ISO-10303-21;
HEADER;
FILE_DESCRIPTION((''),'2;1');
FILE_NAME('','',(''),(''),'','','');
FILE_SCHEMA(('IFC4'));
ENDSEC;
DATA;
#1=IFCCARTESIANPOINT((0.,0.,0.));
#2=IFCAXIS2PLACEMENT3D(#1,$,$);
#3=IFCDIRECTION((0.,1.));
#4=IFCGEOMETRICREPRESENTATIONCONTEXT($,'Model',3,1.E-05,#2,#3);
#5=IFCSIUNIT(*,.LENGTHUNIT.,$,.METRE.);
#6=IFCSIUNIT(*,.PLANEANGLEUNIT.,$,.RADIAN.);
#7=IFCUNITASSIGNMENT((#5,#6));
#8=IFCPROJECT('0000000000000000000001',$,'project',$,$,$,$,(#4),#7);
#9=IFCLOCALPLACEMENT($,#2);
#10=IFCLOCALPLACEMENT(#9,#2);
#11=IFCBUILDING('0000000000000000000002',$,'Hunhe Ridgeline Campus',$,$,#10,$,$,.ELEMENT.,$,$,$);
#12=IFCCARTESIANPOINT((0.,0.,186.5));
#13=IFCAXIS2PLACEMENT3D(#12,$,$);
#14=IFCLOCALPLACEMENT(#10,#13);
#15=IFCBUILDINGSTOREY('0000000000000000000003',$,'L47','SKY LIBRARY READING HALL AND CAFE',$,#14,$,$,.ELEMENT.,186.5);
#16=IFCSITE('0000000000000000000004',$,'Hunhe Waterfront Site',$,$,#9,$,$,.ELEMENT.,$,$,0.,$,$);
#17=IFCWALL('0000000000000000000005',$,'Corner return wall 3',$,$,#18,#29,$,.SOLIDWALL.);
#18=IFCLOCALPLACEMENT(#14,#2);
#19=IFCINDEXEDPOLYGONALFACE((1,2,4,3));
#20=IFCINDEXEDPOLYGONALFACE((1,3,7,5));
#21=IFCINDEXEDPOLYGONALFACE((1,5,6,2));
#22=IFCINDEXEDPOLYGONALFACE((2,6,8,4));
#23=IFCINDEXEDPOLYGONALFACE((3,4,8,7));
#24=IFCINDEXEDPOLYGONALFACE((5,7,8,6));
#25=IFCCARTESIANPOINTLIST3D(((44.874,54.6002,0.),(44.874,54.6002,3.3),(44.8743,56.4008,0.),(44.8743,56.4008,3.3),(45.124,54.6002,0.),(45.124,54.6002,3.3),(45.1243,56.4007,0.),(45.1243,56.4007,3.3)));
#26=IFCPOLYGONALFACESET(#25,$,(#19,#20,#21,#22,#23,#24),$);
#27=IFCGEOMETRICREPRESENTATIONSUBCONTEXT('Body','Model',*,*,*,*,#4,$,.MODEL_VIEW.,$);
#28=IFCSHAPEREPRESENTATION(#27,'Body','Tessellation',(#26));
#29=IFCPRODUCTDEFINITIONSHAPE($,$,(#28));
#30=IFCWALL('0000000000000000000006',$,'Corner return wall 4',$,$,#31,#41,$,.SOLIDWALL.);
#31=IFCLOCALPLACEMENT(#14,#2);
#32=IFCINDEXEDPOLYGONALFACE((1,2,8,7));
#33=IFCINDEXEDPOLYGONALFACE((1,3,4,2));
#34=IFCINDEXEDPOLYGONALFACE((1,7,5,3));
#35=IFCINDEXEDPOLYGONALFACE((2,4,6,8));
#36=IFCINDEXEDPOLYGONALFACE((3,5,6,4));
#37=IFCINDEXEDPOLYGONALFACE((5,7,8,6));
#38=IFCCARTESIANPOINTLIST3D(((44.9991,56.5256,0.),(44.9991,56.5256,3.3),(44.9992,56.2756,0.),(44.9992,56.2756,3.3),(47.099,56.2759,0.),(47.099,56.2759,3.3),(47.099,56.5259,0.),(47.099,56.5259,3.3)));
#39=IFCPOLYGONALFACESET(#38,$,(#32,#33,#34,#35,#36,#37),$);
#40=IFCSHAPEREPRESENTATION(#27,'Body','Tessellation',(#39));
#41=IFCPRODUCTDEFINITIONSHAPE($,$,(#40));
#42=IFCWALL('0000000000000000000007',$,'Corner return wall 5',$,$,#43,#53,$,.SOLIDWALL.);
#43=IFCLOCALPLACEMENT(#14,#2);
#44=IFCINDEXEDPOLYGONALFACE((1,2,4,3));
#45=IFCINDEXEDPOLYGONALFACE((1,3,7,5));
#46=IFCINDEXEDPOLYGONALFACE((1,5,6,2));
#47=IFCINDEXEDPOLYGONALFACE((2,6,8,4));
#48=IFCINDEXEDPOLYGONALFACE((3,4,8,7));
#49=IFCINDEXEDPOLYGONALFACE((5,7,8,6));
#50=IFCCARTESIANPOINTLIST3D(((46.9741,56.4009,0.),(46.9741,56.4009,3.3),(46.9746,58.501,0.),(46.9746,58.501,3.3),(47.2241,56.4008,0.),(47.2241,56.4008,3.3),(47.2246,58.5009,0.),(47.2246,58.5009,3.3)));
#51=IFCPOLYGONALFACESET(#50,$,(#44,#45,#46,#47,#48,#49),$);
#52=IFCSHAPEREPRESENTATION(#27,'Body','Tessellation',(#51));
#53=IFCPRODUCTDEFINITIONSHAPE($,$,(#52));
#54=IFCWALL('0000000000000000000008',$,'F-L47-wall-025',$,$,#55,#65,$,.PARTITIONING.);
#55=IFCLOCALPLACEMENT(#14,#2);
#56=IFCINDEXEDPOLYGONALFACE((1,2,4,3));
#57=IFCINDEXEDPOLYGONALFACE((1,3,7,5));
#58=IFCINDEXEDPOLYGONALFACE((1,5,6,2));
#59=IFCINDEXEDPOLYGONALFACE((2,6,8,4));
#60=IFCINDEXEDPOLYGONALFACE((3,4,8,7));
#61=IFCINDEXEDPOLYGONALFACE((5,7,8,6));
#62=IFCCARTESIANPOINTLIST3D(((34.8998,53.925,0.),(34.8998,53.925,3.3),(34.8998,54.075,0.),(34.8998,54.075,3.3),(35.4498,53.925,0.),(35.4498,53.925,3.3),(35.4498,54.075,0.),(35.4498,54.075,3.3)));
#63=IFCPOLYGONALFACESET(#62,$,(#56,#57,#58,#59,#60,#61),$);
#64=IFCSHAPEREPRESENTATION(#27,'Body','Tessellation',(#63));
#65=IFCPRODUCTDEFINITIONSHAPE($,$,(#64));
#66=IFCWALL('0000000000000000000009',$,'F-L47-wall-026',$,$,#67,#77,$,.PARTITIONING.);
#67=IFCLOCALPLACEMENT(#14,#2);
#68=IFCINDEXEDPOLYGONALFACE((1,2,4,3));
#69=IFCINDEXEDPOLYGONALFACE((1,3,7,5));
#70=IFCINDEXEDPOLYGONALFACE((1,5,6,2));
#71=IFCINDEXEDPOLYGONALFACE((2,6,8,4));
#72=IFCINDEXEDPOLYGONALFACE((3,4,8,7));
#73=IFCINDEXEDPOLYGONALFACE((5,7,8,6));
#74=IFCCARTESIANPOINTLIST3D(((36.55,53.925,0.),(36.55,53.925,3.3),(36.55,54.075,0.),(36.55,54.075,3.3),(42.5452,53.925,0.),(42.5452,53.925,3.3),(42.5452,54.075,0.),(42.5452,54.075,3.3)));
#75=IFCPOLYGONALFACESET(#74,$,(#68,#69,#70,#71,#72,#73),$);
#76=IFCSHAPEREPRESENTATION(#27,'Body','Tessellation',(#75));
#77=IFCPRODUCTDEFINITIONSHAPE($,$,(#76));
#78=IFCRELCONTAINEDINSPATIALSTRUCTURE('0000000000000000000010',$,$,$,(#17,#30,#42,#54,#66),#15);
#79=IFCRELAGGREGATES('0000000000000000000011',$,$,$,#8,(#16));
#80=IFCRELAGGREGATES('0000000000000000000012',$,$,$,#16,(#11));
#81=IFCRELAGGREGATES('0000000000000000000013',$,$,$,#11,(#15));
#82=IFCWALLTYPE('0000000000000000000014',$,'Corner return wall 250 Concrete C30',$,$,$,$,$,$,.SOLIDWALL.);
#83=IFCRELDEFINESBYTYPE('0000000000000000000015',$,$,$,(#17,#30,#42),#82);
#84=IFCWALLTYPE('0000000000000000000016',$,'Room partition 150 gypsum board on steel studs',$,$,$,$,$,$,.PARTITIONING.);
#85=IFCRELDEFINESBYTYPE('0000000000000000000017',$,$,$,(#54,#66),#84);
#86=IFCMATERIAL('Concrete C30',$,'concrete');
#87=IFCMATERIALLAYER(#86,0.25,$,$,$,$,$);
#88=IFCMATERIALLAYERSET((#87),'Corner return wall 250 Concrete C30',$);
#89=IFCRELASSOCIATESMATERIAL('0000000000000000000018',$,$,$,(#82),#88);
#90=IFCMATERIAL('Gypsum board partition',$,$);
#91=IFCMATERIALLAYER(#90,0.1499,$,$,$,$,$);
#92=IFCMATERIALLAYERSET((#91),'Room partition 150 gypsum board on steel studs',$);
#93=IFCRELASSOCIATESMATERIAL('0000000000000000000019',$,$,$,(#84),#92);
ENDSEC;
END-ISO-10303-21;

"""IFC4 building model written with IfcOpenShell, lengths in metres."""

from ifc_helpers import new_model, si_unit, direction, frame, frame_2d, origin, place, context, subcontext, project, spatial, rectangle, extrude, material, layer, layer_set, type_object, element, save


model = new_model("IFC4")

# Units and contexts
model_context = context("Model", 3, precision=1e-05, world=origin(), true_north=direction((0.0, 1.0)))
body_context = subcontext(model_context, "Body", "Model", "MODEL_VIEW")
ifc_project = project(units=[si_unit("LENGTHUNIT", "METRE"), si_unit("PLANEANGLEUNIT", "RADIAN")], contexts=[model_context])

# Site, building, storey
site_placement = place(None, origin())
site = spatial("IfcSite", under=ifc_project, at=site_placement, Name="Hunhe Waterfront Site", CompositionType="ELEMENT", RefElevation=0.0)
building_placement = place(site_placement, origin())
building = spatial("IfcBuilding", under=site, at=building_placement, Name="Hunhe Ridgeline Campus", CompositionType="ELEMENT")
storey_placement = place(building_placement, frame((0.0, 0.0, 186.5)))
storey = spatial("IfcBuildingStorey", under=building, at=storey_placement, Name="L47", Description="SKY LIBRARY READING HALL AND CAFE", CompositionType="ELEMENT", Elevation=186.5)

# Walls
ifc_material_1 = material(Name="Concrete C30", Category="concrete")
ifc_layer_1 = layer(ifc_material_1, 0.25)
ifc_layer_set_1 = layer_set([ifc_layer_1], Name="Corner return wall 250 Concrete C30")
wall_type_1 = type_object("IfcWallType", Name="Corner return wall 250 Concrete C30", PredefinedType="SOLIDWALL", material=ifc_layer_set_1)
wall_1_placement = place(storey_placement, frame((44.999, 54.6001, 0.0), z_axis=(0.0, 0.0, 1.0), x_axis=(0.000136, 1.0, 0.0)))
element("IfcWall", 1, at=wall_1_placement, inside=storey, type_object=wall_type_1, Name="Corner return wall 3", PredefinedType="SOLIDWALL", context=body_context, shape_type="SweptSolid", body=[
    extrude(rectangle(XDim=1.8005, YDim=0.25, at=frame_2d((0.9004, 0.0))), origin(), (0.0, 0.0, 1.0), 3.3),
])
wall_2_placement = place(storey_placement, frame((44.9993, 56.4006, 0.0), z_axis=(0.0, 0.0, 1.0), x_axis=(1.0, 0.000116, 0.0)))
element("IfcWall", 2, at=wall_2_placement, inside=storey, type_object=wall_type_1, Name="Corner return wall 4", PredefinedType="SOLIDWALL", context=body_context, shape_type="SweptSolid", body=[
    extrude(rectangle(XDim=2.0999, YDim=0.25, at=frame_2d((1.0498, 0.0))), origin(), (0.0, 0.0, 1.0), 3.3),
])
wall_3_placement = place(storey_placement, frame((47.0991, 56.4009, 0.0), z_axis=(0.0, 0.0, 1.0), x_axis=(0.000233, 1.0, 0.0)))
element("IfcWall", 3, at=wall_3_placement, inside=storey, type_object=wall_type_1, Name="Corner return wall 5", PredefinedType="SOLIDWALL", context=body_context, shape_type="SweptSolid", body=[
    extrude(rectangle(XDim=2.1001, YDim=0.25, at=frame_2d((1.05, 0.0))), origin(), (0.0, 0.0, 1.0), 3.3),
])
ifc_material_2 = material(Name="Gypsum board partition")
ifc_layer_2 = layer(ifc_material_2, 0.1499)
ifc_layer_set_2 = layer_set([ifc_layer_2], Name="Room partition 150 gypsum board on steel studs")
wall_type_2 = type_object("IfcWallType", Name="Room partition 150 gypsum board on steel studs", PredefinedType="PARTITIONING", material=ifc_layer_set_2)
wall_4_placement = place(storey_placement, frame((34.8999, 54.0, 0.0), z_axis=(0.0, 0.0, 1.0), x_axis=(1.0, 0.0, 0.0)))
element("IfcWall", 4, at=wall_4_placement, inside=storey, type_object=wall_type_2, Name="F-L47-wall-025", PredefinedType="PARTITIONING", context=body_context, shape_type="SweptSolid", body=[
    extrude(rectangle(XDim=0.55, YDim=0.1499, at=frame_2d((0.2749, 0.0))), origin(), (0.0, 0.0, 1.0), 3.3),
])
wall_5_placement = place(storey_placement, frame((36.55, 54.0, 0.0), z_axis=(0.0, 0.0, 1.0), x_axis=(1.0, 0.0, 0.0)))
element("IfcWall", 5, at=wall_5_placement, inside=storey, type_object=wall_type_2, Name="F-L47-wall-026", PredefinedType="PARTITIONING", context=body_context, shape_type="SweptSolid", body=[
    extrude(rectangle(XDim=5.9951, YDim=0.1499, at=frame_2d((2.9976, 0.0))), origin(), (0.0, 0.0, 1.0), 3.3),
])

save(model, "model.ifc")
